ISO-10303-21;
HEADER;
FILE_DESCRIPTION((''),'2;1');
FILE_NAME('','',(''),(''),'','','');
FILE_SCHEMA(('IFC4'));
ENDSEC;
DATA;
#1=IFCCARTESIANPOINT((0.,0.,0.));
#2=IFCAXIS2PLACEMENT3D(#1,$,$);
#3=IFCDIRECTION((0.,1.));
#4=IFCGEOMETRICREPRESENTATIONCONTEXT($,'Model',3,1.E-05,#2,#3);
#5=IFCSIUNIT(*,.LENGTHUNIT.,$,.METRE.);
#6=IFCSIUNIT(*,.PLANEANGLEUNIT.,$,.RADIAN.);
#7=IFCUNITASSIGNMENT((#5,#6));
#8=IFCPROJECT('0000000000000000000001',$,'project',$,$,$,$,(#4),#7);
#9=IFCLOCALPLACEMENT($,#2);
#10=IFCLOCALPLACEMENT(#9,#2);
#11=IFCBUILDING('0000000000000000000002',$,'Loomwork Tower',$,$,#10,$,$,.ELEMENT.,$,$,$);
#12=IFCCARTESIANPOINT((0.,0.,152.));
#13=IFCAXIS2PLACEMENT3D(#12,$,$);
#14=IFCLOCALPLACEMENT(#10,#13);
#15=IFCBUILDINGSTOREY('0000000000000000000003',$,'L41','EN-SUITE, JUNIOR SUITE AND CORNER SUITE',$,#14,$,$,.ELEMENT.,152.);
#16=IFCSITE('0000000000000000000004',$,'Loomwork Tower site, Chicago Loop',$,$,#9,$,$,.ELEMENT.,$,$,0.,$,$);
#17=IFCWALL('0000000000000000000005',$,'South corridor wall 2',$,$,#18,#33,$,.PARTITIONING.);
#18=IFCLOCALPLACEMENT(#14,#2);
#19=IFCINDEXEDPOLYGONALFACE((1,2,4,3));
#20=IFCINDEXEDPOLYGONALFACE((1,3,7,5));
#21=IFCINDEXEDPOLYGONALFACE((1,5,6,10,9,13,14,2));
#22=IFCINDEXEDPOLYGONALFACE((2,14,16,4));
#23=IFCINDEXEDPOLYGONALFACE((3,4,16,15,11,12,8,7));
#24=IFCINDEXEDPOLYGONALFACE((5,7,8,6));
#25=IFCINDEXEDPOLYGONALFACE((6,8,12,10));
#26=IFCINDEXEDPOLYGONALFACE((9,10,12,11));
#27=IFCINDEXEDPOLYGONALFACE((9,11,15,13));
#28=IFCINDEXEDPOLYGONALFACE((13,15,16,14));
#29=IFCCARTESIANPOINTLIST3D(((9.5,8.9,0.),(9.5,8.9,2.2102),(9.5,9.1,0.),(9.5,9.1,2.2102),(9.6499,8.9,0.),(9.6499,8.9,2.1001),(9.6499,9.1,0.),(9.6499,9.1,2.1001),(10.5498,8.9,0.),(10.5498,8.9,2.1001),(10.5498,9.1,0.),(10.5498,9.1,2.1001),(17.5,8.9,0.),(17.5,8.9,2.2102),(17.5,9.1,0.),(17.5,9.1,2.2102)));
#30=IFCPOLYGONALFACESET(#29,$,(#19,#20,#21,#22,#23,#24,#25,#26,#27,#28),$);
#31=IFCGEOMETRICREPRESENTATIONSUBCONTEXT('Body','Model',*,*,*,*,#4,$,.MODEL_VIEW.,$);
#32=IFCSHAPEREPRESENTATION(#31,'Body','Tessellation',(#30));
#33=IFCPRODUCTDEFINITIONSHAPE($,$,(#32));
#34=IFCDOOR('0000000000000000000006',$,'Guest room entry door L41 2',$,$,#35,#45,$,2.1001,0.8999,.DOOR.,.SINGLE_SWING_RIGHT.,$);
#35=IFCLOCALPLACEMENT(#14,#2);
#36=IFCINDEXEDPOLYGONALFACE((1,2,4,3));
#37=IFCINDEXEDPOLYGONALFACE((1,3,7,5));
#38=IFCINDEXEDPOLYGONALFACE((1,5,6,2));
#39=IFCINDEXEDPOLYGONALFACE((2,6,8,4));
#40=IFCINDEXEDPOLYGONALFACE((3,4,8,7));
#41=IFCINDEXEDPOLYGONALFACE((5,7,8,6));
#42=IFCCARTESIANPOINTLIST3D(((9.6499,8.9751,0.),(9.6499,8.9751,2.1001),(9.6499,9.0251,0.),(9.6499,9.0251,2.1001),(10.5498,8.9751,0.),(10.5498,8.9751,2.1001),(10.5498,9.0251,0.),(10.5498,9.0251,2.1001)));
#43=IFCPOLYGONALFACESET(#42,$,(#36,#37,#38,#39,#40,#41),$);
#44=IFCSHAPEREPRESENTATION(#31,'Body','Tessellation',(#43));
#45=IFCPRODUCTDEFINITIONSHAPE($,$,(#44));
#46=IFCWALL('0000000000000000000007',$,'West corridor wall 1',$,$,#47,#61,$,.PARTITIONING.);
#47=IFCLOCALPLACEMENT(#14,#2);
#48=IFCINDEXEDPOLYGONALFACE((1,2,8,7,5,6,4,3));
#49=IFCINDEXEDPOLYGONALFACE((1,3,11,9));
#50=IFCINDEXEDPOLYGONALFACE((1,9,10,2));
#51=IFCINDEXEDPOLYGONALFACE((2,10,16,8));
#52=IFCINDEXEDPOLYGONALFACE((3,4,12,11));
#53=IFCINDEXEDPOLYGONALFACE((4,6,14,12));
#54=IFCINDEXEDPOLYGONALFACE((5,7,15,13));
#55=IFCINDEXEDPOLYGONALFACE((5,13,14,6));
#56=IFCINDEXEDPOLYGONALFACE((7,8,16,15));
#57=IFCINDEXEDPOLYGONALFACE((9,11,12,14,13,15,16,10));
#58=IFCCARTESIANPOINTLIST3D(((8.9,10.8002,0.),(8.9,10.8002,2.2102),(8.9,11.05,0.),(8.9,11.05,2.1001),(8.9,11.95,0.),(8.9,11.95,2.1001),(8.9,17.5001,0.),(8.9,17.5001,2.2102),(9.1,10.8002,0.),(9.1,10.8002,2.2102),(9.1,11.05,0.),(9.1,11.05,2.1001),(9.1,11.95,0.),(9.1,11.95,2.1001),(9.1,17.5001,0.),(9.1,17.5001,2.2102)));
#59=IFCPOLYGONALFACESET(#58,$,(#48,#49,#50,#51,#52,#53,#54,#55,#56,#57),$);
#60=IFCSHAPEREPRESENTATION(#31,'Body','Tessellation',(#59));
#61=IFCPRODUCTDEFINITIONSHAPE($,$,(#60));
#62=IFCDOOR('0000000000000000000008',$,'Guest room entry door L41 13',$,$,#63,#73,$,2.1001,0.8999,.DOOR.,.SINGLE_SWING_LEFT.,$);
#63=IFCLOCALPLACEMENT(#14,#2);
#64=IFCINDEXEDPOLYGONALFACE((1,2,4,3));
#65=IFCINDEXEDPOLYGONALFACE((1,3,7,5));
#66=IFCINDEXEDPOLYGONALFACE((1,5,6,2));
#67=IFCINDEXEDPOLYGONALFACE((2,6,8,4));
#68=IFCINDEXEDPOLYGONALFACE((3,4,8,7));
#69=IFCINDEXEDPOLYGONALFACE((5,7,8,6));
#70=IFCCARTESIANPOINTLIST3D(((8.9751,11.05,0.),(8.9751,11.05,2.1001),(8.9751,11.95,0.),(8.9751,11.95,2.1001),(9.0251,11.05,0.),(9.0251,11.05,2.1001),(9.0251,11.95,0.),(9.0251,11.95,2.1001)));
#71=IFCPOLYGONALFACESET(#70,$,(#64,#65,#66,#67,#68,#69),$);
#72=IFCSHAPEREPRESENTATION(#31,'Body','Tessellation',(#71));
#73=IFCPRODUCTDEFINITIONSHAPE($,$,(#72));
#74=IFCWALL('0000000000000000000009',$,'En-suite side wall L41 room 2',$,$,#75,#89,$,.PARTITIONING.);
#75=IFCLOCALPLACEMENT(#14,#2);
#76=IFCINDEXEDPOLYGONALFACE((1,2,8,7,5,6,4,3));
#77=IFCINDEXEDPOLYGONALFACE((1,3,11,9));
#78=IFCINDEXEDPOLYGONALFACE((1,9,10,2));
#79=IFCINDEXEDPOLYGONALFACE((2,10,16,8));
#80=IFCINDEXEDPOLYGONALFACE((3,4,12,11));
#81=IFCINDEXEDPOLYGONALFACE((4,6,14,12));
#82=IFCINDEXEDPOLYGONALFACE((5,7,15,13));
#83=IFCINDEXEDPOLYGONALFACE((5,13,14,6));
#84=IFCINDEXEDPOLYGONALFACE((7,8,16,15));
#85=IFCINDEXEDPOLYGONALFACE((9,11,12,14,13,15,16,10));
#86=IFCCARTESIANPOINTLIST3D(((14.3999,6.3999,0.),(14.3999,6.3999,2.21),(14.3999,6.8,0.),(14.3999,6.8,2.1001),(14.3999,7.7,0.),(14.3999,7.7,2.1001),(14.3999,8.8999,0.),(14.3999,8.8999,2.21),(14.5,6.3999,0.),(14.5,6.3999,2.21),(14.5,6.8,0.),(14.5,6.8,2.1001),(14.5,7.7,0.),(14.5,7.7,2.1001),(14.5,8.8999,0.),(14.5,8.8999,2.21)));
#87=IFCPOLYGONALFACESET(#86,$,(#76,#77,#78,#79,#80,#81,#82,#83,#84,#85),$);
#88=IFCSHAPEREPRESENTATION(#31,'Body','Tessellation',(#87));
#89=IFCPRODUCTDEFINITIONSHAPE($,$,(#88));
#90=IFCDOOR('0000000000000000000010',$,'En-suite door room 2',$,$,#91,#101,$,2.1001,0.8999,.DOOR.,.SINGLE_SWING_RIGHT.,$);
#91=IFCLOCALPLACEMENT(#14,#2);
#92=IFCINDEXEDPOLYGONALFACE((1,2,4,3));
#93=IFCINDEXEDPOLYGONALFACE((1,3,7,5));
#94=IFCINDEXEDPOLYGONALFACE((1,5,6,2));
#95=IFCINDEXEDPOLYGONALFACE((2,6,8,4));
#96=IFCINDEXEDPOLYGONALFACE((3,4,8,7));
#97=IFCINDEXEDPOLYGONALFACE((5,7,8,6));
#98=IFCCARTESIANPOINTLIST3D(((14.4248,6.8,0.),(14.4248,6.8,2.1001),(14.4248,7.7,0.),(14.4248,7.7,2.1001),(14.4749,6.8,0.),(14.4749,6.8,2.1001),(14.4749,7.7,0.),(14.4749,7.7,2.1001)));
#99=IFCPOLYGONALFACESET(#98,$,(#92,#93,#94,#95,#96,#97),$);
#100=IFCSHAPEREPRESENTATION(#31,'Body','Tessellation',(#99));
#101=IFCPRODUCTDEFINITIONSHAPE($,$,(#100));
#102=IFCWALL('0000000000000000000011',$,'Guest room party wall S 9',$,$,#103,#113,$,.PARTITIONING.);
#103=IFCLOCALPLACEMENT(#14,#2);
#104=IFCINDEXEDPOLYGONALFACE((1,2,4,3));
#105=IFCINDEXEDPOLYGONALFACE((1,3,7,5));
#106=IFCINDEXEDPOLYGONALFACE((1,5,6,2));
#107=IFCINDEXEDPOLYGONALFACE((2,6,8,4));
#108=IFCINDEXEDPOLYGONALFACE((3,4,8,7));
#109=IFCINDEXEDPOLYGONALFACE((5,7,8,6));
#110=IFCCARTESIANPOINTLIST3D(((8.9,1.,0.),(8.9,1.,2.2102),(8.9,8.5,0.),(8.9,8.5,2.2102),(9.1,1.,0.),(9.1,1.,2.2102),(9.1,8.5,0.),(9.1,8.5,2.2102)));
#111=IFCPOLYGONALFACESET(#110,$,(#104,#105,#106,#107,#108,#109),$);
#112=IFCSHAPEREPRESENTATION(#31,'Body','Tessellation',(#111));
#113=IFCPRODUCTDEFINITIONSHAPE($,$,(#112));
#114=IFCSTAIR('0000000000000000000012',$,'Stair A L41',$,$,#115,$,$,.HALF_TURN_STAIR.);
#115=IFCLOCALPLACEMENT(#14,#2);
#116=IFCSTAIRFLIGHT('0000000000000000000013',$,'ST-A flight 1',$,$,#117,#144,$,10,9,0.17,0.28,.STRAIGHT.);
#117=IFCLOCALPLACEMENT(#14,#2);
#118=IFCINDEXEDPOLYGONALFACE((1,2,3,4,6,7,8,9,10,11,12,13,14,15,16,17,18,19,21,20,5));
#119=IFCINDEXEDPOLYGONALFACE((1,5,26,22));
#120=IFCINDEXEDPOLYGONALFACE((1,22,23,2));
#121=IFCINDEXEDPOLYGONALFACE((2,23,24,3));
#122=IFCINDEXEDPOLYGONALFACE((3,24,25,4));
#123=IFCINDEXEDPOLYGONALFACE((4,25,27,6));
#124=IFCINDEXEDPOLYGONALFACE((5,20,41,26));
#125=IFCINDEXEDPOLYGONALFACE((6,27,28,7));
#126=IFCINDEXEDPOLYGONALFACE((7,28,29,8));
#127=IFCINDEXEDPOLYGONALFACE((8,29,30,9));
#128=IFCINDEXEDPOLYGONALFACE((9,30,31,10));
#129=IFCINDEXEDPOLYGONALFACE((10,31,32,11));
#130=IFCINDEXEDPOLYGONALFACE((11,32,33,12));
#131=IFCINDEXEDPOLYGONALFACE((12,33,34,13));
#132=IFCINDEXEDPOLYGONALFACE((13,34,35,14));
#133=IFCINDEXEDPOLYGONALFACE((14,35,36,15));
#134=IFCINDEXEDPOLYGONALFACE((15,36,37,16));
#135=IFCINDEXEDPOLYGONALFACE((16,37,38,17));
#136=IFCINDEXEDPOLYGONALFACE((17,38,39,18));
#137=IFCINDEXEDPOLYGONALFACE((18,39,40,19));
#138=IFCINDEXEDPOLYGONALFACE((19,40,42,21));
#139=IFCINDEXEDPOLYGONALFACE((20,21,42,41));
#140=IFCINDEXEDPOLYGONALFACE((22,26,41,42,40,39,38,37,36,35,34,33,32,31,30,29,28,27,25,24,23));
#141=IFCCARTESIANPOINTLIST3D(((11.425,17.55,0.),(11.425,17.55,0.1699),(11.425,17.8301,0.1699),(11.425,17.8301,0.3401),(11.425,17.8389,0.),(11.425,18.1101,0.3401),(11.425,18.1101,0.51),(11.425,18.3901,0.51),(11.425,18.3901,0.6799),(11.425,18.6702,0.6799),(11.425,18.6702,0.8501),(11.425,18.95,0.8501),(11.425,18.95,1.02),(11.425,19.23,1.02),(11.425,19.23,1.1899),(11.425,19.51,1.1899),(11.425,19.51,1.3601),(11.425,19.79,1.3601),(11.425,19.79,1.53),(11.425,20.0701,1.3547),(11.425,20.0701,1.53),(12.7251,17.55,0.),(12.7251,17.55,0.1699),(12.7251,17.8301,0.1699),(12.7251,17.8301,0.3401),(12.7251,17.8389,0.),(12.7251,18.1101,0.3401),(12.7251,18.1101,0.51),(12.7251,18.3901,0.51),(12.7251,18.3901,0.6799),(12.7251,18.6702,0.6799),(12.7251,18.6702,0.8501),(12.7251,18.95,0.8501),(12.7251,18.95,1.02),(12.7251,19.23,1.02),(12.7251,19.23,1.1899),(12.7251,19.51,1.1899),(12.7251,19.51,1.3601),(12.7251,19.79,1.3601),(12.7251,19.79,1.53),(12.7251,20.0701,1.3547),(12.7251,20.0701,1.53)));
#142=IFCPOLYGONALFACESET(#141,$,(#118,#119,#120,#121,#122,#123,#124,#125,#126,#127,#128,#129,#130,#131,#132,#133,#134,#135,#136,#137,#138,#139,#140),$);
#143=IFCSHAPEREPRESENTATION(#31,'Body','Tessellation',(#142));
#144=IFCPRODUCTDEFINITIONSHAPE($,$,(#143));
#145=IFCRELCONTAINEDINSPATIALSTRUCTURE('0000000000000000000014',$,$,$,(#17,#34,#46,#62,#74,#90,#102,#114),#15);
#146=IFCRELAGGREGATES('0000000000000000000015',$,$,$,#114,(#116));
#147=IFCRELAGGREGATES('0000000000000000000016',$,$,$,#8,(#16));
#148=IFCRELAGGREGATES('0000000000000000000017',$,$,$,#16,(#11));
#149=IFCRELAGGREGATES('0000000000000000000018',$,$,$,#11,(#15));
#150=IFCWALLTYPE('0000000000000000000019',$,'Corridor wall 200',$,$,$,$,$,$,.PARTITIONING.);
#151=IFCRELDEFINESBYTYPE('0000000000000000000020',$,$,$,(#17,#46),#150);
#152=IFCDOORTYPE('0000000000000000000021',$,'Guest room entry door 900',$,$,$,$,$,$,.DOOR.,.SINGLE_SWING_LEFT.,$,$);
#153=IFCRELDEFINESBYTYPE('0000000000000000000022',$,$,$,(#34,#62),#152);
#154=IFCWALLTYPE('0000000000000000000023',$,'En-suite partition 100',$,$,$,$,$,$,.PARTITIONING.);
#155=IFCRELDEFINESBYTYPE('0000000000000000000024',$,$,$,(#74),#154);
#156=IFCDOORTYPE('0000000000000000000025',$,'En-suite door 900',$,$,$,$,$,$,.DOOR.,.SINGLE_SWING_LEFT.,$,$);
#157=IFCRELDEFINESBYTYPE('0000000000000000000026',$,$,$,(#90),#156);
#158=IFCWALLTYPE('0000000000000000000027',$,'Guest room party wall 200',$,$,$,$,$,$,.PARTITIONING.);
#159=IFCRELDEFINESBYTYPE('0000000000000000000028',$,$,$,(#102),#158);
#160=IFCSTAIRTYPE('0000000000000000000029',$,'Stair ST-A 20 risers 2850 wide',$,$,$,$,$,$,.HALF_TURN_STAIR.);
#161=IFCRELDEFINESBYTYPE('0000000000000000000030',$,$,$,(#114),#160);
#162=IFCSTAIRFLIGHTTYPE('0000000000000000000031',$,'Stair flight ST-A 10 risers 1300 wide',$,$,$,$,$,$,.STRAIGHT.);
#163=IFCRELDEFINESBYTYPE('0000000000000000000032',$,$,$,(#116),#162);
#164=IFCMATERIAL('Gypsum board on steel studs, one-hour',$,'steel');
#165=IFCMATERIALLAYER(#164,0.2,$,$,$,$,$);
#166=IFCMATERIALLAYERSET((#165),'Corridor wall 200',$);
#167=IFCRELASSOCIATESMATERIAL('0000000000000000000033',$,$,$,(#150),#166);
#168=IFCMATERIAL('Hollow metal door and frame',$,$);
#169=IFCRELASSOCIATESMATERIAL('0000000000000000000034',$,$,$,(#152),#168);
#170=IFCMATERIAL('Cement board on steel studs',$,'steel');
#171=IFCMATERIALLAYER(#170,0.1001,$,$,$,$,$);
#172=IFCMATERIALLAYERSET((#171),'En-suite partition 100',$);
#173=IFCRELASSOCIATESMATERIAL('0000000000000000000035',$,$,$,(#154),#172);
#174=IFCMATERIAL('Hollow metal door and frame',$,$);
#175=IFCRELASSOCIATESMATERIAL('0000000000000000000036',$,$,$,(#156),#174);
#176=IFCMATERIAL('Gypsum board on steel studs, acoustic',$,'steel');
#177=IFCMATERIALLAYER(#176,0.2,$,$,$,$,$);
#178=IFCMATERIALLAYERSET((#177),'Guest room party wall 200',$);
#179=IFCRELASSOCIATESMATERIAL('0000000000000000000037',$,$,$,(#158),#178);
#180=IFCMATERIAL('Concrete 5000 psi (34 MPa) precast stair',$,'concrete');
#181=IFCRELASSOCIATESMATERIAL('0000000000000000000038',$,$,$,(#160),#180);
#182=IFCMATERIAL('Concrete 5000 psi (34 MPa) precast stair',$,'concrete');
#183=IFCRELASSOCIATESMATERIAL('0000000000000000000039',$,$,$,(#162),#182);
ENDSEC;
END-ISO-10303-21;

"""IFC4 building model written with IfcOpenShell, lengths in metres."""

from ifc_helpers import new_model, si_unit, direction, frame, frame_2d, origin, place, context, subcontext, project, spatial, polyline, rectangle, outline, extrude, material, layer, layer_set, type_object, element, fill, aggregate, save


model = new_model("IFC4")

# Units and contexts
model_context = context("Model", 3, precision=1e-05, world=origin(), true_north=direction((0.0, 1.0)))
body_context = subcontext(model_context, "Body", "Model", "MODEL_VIEW")
ifc_project = project(units=[si_unit("LENGTHUNIT", "METRE"), si_unit("PLANEANGLEUNIT", "RADIAN")], contexts=[model_context])

# Site, building, storey
site_placement = place(None, origin())
site = spatial("IfcSite", under=ifc_project, at=site_placement, Name="Loomwork Tower site, Chicago Loop", CompositionType="ELEMENT", RefElevation=0.0)
building_placement = place(site_placement, origin())
building = spatial("IfcBuilding", under=site, at=building_placement, Name="Loomwork Tower", CompositionType="ELEMENT")
storey_placement = place(building_placement, frame((0.0, 0.0, 152.0)))
storey = spatial("IfcBuildingStorey", under=building, at=storey_placement, Name="L41", Description="EN-SUITE, JUNIOR SUITE AND CORNER SUITE", CompositionType="ELEMENT", Elevation=152.0)

# Walls, openings, doors
ifc_material_1 = material(Name="Gypsum board on steel studs, one-hour", Category="steel")
ifc_layer_1 = layer(ifc_material_1, 0.2)
ifc_layer_set_1 = layer_set([ifc_layer_1], Name="Corridor wall 200")
wall_type_1 = type_object("IfcWallType", Name="Corridor wall 200", PredefinedType="PARTITIONING", material=ifc_layer_set_1)
wall_1_placement = place(storey_placement, frame((9.5, 9.0, 0.0), z_axis=(0.0, 0.0, 1.0), x_axis=(1.0, 0.0, 0.0)))
wall_1 = element("IfcWall", 1, at=wall_1_placement, inside=storey, type_object=wall_type_1, Name="South corridor wall 2", PredefinedType="PARTITIONING", context=body_context, shape_type="SweptSolid", body=[
    extrude(rectangle(XDim=8.0, YDim=0.2, at=frame_2d((4.0, 0.0))), origin(), (0.0, 0.0, 1.0), 2.2102),
])
opening_1_placement = place(wall_1_placement, frame((0.1499, 0.0, 0.0)))
opening_1 = element("IfcOpeningElement", 2, at=opening_1_placement, cuts=wall_1, PredefinedType="OPENING", context=body_context, shape_type="SweptSolid", body=[
    extrude(rectangle(XDim=0.8999, YDim=2.1001, at=frame_2d((0.45, 1.05))), frame((0.0, 0.1099, 0.0), z_axis=(0.0, -1.0, 0.0), x_axis=(1.0, 0.0, 0.0)), (0.0, 0.0, 1.0), 0.22),
])
ifc_material_2 = material(Name="Hollow metal door and frame")
door_type_1 = type_object("IfcDoorType", Name="Guest room entry door 900", OperationType="SINGLE_SWING_LEFT", PredefinedType="DOOR", material=ifc_material_2)
door_1_placement = place(opening_1_placement, frame((0.8999, 0.0, 0.0), z_axis=(0.0, 0.0, 1.0), x_axis=(-1.0, 0.0, 0.0)))
door_1 = element("IfcDoor", 3, at=door_1_placement, inside=storey, type_object=door_type_1, Name="Guest room entry door L41 2", OperationType="SINGLE_SWING_RIGHT", OverallHeight=2.1001, OverallWidth=0.8999, PredefinedType="DOOR", context=body_context, shape_type="SweptSolid", body=[
    extrude(rectangle(XDim=0.8999, YDim=2.1001, at=frame_2d((0.45, 1.05))), frame((0.0, 0.0249, 0.0), z_axis=(0.0, -1.0, 0.0), x_axis=(1.0, 0.0, 0.0)), (0.0, 0.0, 1.0), 0.05),
])
fill(opening_1, door_1)
wall_2_placement = place(storey_placement, frame((9.0, 10.8, 0.0), z_axis=(0.0, 0.0, 1.0), x_axis=(0.0, 1.0, 0.0)))
wall_2 = element("IfcWall", 4, at=wall_2_placement, inside=storey, type_object=wall_type_1, Name="West corridor wall 1", PredefinedType="PARTITIONING", context=body_context, shape_type="SweptSolid", body=[
    extrude(rectangle(XDim=6.7, YDim=0.2, at=frame_2d((3.3501, 0.0))), origin(), (0.0, 0.0, 1.0), 2.2102),
])
opening_2_placement = place(wall_2_placement, frame((0.25, 0.0, 0.0)))
opening_2 = element("IfcOpeningElement", 5, at=opening_2_placement, cuts=wall_2, PredefinedType="OPENING", context=body_context, shape_type="SweptSolid", body=[
    extrude(rectangle(XDim=0.8999, YDim=2.1001, at=frame_2d((0.45, 1.05))), frame((0.0, 0.1099, 0.0), z_axis=(0.0, -1.0, 0.0), x_axis=(1.0, 0.0, 0.0)), (0.0, 0.0, 1.0), 0.22),
])
door_2_placement = place(opening_2_placement, origin())
door_2 = element("IfcDoor", 6, at=door_2_placement, inside=storey, type_object=door_type_1, Name="Guest room entry door L41 13", OperationType="SINGLE_SWING_LEFT", OverallHeight=2.1001, OverallWidth=0.8999, PredefinedType="DOOR", context=body_context, shape_type="SweptSolid", body=[
    extrude(rectangle(XDim=0.8999, YDim=2.1001, at=frame_2d((0.45, 1.05))), frame((0.0, 0.0249, 0.0), z_axis=(0.0, -1.0, 0.0), x_axis=(1.0, 0.0, 0.0)), (0.0, 0.0, 1.0), 0.05),
])
fill(opening_2, door_2)
ifc_material_3 = material(Name="Cement board on steel studs", Category="steel")
ifc_layer_2 = layer(ifc_material_3, 0.1001)
ifc_layer_set_2 = layer_set([ifc_layer_2], Name="En-suite partition 100")
wall_type_2 = type_object("IfcWallType", Name="En-suite partition 100", PredefinedType="PARTITIONING", material=ifc_layer_set_2)
wall_3_placement = place(storey_placement, frame((14.45, 8.8999, 0.0), z_axis=(0.0, 0.0, 1.0), x_axis=(0.0, -1.0, 0.0)))
wall_3 = element("IfcWall", 7, at=wall_3_placement, inside=storey, type_object=wall_type_2, Name="En-suite side wall L41 room 2", PredefinedType="PARTITIONING", context=body_context, shape_type="SweptSolid", body=[
    extrude(rectangle(XDim=2.5, YDim=0.1001, at=frame_2d((1.25, 0.0))), origin(), (0.0, 0.0, 1.0), 2.21),
])
opening_3_placement = place(wall_3_placement, frame((1.2, 0.0, 0.0)))
opening_3 = element("IfcOpeningElement", 8, at=opening_3_placement, cuts=wall_3, PredefinedType="OPENING", context=body_context, shape_type="SweptSolid", body=[
    extrude(rectangle(XDim=0.8999, YDim=2.1001, at=frame_2d((0.45, 1.05))), frame((0.0, 0.0601, 0.0), z_axis=(0.0, -1.0, 0.0), x_axis=(1.0, 0.0, 0.0)), (0.0, 0.0, 1.0), 0.1201),
])
ifc_material_4 = material(Name="Hollow metal door and frame")
door_type_2 = type_object("IfcDoorType", Name="En-suite door 900", OperationType="SINGLE_SWING_LEFT", PredefinedType="DOOR", material=ifc_material_4)
door_3_placement = place(opening_3_placement, origin())
door_3 = element("IfcDoor", 9, at=door_3_placement, inside=storey, type_object=door_type_2, Name="En-suite door room 2", OperationType="SINGLE_SWING_RIGHT", OverallHeight=2.1001, OverallWidth=0.8999, PredefinedType="DOOR", context=body_context, shape_type="SweptSolid", body=[
    extrude(rectangle(XDim=0.8999, YDim=2.1001, at=frame_2d((0.45, 1.05))), frame((0.0, 0.0249, 0.0), z_axis=(0.0, -1.0, 0.0), x_axis=(1.0, 0.0, 0.0)), (0.0, 0.0, 1.0), 0.05),
])
fill(opening_3, door_3)

# Wall
ifc_material_5 = material(Name="Gypsum board on steel studs, acoustic", Category="steel")
ifc_layer_3 = layer(ifc_material_5, 0.2)
ifc_layer_set_3 = layer_set([ifc_layer_3], Name="Guest room party wall 200")
wall_type_3 = type_object("IfcWallType", Name="Guest room party wall 200", PredefinedType="PARTITIONING", material=ifc_layer_set_3)
wall_4_placement = place(storey_placement, frame((9.0, 8.5, 0.0), z_axis=(0.0, 0.0, 1.0), x_axis=(0.0, -1.0, 0.0)))
element("IfcWall", 10, at=wall_4_placement, inside=storey, type_object=wall_type_3, Name="Guest room party wall S 9", PredefinedType="PARTITIONING", context=body_context, shape_type="SweptSolid", body=[
    extrude(rectangle(XDim=7.5, YDim=0.2, at=frame_2d((3.75, 0.0))), origin(), (0.0, 0.0, 1.0), 2.2102),
])

# Stair, stair flight
ifc_material_6 = material(Name="Concrete 5000 psi (34 MPa) precast stair", Category="concrete")
stair_type = type_object("IfcStairType", Name="Stair ST-A 20 risers 2850 wide", PredefinedType="HALF_TURN_STAIR", material=ifc_material_6)
stair_placement = place(storey_placement, origin())
stair = element("IfcStair", 11, at=stair_placement, inside=storey, type_object=stair_type, Name="Stair A L41", PredefinedType="HALF_TURN_STAIR")
ifc_material_7 = material(Name="Concrete 5000 psi (34 MPa) precast stair", Category="concrete")
stair_flight_type = type_object("IfcStairFlightType", Name="Stair flight ST-A 10 risers 1300 wide", PredefinedType="STRAIGHT", material=ifc_material_7)
stair_flight_placement = place(storey_placement, frame((12.075, 17.55, 0.0), z_axis=(0.0, 0.0, 1.0), x_axis=(0.0, 1.0, 0.0)))
stair_flight = element("IfcStairFlight", 12, at=stair_flight_placement, type_object=stair_flight_type, Name="ST-A flight 1", NumberOfRisers=10, NumberOfTreads=9, PredefinedType="STRAIGHT", RiserHeight=0.17, TreadLength=0.28, context=body_context, shape_type="SweptSolid", body=[
    extrude(outline(polyline([(0.0, 0.0), (0.0, 0.1699), (0.28, 0.1699), (0.28, 0.3401), (0.5601, 0.3401), (0.5601, 0.51), (0.8401, 0.51), (0.8401, 0.6799), (1.1201, 0.6799), (1.1201, 0.8501), (1.3999, 0.8501), (1.3999, 1.02), (1.6799, 1.02), (1.6799, 1.1899), (1.96, 1.1899), (1.96, 1.3601), (2.24, 1.3601), (2.24, 1.53), (2.52, 1.53), (2.52, 1.7), (2.52, 1.3547), (0.2888, 0.0), (0.0, 0.0)])), frame((0.0, 0.6499, 0.0), z_axis=(0.0, -1.0, 0.0), x_axis=(1.0, 0.0, 0.0)), (0.0, 0.0, 1.0), 1.3),
])
aggregate(stair, [stair_flight])

save(model, "model.ifc")
